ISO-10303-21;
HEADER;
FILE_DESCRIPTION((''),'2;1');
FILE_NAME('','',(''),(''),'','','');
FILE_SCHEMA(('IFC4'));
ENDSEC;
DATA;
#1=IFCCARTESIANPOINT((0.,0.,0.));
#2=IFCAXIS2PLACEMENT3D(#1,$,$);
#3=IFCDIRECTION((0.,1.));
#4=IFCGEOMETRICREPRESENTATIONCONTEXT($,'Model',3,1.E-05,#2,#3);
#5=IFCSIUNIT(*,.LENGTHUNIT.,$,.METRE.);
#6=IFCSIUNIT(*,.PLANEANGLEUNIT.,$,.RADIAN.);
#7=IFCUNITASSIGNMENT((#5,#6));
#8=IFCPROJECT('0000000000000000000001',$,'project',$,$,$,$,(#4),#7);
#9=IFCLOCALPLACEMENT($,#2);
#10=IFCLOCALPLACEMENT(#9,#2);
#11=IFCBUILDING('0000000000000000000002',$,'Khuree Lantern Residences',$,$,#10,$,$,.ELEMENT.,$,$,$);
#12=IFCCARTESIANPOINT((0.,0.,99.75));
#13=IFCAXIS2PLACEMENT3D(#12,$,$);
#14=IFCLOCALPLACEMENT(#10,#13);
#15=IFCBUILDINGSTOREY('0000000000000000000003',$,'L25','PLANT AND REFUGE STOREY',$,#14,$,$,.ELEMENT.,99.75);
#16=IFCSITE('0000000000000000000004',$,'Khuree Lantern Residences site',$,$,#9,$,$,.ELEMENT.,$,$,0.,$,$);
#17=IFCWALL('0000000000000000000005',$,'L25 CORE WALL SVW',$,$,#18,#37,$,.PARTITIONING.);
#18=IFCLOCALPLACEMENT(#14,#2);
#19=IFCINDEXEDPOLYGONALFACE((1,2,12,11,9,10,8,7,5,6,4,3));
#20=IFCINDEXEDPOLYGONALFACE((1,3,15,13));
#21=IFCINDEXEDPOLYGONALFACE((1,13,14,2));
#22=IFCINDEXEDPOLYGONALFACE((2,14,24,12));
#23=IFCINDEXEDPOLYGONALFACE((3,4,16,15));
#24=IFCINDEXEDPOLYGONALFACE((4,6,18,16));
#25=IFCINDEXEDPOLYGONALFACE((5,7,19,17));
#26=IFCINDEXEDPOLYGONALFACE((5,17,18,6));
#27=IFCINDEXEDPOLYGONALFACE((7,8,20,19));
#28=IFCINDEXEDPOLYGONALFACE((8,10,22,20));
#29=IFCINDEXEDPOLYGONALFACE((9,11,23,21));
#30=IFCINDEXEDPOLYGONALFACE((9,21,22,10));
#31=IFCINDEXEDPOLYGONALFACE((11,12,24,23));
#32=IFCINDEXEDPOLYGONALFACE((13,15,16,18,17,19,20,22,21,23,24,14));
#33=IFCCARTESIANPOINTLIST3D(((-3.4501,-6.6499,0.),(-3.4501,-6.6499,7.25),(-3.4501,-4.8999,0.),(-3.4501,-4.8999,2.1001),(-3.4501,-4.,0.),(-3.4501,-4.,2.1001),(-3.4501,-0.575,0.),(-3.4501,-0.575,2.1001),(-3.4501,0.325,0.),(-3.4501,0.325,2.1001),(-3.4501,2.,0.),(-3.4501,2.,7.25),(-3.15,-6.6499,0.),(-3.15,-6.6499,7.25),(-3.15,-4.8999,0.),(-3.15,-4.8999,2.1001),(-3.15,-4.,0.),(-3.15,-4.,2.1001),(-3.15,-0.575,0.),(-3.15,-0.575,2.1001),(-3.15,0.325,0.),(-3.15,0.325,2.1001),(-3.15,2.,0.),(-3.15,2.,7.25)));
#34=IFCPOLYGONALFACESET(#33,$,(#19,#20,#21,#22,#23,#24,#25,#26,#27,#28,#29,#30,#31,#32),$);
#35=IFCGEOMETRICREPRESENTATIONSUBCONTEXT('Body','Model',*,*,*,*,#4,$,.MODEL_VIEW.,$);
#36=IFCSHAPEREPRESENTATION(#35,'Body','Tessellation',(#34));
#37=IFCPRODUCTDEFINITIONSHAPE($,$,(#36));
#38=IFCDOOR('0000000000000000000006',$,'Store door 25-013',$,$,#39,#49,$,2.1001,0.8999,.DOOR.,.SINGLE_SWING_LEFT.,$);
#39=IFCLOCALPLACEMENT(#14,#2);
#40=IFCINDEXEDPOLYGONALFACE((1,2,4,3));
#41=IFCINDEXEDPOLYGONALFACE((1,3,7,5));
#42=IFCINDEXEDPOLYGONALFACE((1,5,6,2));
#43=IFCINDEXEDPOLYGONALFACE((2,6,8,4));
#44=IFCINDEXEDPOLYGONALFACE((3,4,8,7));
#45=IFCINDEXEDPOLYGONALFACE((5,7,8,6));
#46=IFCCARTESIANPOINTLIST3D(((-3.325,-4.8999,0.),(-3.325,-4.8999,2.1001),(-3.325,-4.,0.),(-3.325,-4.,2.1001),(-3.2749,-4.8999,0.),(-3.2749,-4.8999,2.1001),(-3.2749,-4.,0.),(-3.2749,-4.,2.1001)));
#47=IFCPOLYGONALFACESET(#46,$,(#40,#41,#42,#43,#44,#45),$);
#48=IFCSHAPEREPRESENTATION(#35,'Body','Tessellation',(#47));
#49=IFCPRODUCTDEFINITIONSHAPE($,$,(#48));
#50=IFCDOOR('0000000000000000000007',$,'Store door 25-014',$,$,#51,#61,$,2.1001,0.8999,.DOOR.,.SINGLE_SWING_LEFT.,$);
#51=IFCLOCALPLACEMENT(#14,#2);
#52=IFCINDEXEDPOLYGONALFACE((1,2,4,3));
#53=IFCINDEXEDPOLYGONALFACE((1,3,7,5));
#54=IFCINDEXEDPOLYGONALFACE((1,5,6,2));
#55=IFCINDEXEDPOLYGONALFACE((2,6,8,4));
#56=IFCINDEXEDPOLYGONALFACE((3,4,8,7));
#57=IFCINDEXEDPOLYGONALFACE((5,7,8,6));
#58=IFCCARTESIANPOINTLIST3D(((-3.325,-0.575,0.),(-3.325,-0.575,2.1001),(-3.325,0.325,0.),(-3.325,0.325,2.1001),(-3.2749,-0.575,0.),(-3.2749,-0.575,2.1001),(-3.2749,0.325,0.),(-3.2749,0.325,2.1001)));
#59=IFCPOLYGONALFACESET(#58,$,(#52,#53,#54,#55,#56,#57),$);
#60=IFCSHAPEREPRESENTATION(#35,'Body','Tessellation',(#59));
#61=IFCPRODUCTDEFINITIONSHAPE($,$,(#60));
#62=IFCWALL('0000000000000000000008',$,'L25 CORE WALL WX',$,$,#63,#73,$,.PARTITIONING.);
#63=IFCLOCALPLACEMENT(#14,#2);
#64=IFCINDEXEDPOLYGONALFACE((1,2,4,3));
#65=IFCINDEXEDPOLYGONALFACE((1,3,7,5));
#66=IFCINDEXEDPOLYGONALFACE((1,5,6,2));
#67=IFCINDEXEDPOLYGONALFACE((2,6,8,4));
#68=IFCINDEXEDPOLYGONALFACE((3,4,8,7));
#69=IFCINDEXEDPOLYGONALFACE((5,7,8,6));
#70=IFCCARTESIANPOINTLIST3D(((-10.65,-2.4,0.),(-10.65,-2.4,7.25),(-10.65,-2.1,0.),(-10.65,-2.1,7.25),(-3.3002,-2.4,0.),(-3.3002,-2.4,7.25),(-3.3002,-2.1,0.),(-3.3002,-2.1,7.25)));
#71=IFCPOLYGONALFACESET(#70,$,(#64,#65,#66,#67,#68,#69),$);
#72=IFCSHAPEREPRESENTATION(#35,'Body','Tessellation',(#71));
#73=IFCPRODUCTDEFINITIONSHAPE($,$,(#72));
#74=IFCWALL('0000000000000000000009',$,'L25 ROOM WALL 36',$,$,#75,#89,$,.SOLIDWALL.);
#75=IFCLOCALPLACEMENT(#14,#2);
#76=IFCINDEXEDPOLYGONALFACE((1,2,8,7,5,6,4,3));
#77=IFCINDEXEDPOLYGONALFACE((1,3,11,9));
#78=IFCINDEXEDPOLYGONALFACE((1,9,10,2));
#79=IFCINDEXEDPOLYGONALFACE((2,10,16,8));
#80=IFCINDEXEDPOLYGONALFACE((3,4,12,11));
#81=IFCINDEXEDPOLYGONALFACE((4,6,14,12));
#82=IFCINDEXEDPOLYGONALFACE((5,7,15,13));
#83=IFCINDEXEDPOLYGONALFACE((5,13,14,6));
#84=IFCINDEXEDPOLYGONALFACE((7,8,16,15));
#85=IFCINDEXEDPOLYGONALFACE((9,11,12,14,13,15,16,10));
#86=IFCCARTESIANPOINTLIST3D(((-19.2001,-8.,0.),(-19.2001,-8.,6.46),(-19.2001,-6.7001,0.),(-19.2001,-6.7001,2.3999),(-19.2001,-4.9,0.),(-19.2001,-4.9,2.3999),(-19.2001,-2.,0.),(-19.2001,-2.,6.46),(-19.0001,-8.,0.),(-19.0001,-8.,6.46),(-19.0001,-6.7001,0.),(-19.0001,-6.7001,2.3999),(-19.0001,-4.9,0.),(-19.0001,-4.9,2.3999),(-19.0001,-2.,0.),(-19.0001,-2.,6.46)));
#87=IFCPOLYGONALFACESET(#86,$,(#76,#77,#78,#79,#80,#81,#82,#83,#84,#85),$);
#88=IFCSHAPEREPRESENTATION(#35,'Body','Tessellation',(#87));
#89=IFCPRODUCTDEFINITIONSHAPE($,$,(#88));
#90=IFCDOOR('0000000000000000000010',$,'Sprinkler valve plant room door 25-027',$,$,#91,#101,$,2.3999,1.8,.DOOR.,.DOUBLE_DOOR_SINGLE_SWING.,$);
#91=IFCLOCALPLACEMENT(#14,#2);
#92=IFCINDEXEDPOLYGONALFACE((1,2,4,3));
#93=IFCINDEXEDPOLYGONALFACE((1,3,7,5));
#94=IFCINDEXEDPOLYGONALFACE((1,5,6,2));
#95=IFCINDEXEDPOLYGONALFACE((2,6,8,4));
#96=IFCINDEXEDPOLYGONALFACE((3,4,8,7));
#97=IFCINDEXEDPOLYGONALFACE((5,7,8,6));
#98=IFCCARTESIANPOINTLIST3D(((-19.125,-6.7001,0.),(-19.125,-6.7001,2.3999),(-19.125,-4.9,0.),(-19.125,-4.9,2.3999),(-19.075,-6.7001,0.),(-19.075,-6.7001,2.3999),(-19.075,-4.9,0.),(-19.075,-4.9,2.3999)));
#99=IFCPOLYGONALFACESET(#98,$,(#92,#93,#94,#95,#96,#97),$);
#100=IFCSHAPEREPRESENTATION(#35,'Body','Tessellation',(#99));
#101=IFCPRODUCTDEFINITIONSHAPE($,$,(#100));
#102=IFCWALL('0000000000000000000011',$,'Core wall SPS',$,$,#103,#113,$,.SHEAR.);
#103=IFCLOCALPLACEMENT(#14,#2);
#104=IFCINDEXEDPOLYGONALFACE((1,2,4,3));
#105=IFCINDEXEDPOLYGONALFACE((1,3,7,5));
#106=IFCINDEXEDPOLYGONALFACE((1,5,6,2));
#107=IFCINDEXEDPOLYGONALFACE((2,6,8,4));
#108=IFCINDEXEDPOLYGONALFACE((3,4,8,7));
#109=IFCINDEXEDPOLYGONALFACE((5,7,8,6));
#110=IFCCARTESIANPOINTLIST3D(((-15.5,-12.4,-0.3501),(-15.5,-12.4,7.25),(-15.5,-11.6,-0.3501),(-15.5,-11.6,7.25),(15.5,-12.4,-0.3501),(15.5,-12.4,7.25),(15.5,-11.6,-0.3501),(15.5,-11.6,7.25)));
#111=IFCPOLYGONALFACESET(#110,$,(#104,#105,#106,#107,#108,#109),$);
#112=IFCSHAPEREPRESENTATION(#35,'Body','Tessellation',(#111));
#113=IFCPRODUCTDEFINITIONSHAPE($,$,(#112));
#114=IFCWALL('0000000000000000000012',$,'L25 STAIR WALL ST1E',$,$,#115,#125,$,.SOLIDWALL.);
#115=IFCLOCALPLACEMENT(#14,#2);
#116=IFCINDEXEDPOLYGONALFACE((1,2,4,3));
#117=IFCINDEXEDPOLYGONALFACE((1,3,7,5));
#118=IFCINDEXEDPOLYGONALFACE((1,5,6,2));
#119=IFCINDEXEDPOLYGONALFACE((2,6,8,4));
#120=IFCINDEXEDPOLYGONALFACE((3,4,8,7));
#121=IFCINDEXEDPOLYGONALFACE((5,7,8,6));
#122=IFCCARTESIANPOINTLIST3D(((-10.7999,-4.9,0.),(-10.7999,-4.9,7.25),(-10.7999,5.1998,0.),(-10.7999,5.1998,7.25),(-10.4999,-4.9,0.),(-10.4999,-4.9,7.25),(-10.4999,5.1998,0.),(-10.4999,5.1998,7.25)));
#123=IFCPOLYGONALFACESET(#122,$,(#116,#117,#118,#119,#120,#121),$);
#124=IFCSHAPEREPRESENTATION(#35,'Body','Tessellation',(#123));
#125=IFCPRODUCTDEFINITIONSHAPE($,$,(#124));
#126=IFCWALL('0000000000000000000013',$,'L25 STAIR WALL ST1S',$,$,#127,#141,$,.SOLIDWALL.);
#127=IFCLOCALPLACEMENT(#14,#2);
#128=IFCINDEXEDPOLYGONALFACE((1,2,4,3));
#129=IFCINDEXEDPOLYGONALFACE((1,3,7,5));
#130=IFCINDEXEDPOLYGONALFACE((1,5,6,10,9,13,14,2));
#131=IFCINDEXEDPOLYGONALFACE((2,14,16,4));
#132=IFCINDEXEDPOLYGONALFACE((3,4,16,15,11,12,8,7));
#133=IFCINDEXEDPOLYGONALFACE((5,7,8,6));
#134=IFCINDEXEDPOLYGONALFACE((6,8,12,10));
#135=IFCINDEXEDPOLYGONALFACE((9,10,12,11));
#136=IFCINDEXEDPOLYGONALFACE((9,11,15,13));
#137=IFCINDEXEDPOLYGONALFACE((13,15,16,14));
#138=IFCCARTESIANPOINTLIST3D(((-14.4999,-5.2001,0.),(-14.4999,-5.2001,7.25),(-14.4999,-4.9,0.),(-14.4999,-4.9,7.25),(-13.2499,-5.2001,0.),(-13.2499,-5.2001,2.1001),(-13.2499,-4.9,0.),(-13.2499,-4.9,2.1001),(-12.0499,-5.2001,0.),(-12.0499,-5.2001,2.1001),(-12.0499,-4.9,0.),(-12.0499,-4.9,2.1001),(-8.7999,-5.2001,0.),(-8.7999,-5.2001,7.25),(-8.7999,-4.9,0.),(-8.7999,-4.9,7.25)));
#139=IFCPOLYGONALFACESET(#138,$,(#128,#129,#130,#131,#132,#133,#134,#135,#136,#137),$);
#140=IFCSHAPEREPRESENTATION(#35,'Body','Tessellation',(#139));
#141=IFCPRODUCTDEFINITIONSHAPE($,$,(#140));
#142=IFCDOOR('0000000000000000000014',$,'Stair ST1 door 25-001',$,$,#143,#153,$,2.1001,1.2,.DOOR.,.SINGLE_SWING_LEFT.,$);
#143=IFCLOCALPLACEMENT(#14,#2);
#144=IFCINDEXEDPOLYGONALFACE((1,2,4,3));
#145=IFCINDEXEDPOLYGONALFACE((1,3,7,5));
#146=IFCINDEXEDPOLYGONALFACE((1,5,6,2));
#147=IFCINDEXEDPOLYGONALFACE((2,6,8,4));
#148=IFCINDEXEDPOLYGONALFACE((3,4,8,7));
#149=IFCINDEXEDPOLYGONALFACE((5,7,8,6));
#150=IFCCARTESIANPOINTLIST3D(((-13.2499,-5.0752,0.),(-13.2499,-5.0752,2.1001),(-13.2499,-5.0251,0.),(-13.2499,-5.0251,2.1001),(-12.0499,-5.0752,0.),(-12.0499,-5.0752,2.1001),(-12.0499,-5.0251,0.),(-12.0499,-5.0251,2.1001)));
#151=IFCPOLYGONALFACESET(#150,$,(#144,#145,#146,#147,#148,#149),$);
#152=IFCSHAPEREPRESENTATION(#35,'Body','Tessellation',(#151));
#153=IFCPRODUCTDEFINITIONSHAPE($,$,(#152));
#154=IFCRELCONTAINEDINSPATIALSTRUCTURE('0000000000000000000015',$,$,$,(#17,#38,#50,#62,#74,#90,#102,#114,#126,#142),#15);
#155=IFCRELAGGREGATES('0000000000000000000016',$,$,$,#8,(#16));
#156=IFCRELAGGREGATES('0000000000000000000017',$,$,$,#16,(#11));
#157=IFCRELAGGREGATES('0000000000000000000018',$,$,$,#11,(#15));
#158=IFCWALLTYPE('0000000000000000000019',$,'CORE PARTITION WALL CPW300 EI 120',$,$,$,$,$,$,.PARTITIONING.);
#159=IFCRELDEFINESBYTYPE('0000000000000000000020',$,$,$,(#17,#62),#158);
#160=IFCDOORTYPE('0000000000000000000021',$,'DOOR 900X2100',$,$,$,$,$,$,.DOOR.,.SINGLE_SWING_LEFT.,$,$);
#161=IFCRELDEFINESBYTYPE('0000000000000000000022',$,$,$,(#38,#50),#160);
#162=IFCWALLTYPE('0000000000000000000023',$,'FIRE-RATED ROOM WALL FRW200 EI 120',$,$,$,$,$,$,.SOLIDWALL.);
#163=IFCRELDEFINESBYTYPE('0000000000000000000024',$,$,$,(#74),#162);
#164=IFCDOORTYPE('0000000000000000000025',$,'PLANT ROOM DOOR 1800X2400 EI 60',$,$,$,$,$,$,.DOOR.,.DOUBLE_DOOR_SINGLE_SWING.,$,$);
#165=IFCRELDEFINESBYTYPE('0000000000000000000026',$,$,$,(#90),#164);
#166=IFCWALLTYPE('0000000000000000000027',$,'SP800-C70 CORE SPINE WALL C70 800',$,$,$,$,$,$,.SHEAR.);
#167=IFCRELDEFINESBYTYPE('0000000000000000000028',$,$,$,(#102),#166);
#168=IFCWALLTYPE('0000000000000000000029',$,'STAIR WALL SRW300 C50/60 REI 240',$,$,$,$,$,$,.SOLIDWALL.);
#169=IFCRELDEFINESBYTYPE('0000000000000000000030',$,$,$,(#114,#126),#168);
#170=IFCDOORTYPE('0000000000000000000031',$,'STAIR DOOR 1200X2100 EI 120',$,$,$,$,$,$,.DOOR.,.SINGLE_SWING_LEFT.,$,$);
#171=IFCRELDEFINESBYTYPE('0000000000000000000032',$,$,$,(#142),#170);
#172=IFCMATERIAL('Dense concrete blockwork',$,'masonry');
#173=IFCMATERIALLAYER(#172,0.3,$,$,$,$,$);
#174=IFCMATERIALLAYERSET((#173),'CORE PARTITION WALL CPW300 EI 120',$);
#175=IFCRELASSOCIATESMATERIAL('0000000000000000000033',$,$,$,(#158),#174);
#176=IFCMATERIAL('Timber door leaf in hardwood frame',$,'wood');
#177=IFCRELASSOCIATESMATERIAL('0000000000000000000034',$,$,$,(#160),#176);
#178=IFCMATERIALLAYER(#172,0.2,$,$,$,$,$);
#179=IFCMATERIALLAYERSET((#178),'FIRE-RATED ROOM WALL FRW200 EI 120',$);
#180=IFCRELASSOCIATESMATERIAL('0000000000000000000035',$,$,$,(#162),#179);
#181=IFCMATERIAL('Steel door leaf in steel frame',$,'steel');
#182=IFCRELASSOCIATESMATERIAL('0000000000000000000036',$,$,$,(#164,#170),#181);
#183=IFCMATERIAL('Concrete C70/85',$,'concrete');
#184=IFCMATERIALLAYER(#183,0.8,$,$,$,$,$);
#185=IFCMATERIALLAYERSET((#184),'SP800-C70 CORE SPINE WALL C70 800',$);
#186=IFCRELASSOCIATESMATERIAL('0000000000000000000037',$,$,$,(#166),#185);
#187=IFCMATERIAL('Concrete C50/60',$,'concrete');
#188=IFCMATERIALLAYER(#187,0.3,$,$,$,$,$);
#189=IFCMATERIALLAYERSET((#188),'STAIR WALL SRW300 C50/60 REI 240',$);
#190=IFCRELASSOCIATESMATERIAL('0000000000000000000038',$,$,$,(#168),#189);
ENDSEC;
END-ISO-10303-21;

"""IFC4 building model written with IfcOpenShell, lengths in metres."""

from ifc_helpers import new_model, si_unit, direction, frame, frame_2d, origin, place, context, subcontext, project, spatial, rectangle, extrude, material, layer, layer_set, type_object, element, fill, save


model = new_model("IFC4")

# Units and contexts
model_context = context("Model", 3, precision=1e-05, world=origin(), true_north=direction((0.0, 1.0)))
body_context = subcontext(model_context, "Body", "Model", "MODEL_VIEW")
ifc_project = project(units=[si_unit("LENGTHUNIT", "METRE"), si_unit("PLANEANGLEUNIT", "RADIAN")], contexts=[model_context])

# Site, building, storey
site_placement = place(None, origin())
site = spatial("IfcSite", under=ifc_project, at=site_placement, Name="Khuree Lantern Residences site", CompositionType="ELEMENT", RefElevation=0.0)
building_placement = place(site_placement, origin())
building = spatial("IfcBuilding", under=site, at=building_placement, Name="Khuree Lantern Residences", CompositionType="ELEMENT")
storey_placement = place(building_placement, frame((0.0, 0.0, 99.75)))
storey = spatial("IfcBuildingStorey", under=building, at=storey_placement, Name="L25", Description="PLANT AND REFUGE STOREY", CompositionType="ELEMENT", Elevation=99.75)

# Shared definitions
ifc_material_1 = material(Name="Dense concrete blockwork", Category="masonry")
ifc_layer_1 = layer(ifc_material_1, 0.3)
ifc_layer_set_1 = layer_set([ifc_layer_1], Name="CORE PARTITION WALL CPW300 EI 120")
wall_type_1 = type_object("IfcWallType", Name="CORE PARTITION WALL CPW300 EI 120", PredefinedType="PARTITIONING", material=ifc_layer_set_1)

# Shared definitions
ifc_material_2 = material(Name="Steel door leaf in steel frame", Category="steel")

# Wall, openings, doors
wall_1_placement = place(storey_placement, frame((-3.3, -6.6499, 0.0), z_axis=(0.0, 0.0, 1.0), x_axis=(0.0, 1.0, 0.0)))
wall_1 = element("IfcWall", 1, at=wall_1_placement, inside=storey, type_object=wall_type_1, Name="L25 CORE WALL SVW", PredefinedType="PARTITIONING", context=body_context, shape_type="SweptSolid", body=[
    extrude(rectangle(XDim=8.6499, YDim=0.3, at=frame_2d((4.325, 0.0))), origin(), (0.0, 0.0, 1.0), 7.25),
])
opening_1_placement = place(wall_1_placement, frame((1.75, 0.0, 0.0)))
opening_1 = element("IfcOpeningElement", 2, at=opening_1_placement, cuts=wall_1, PredefinedType="OPENING", context=body_context, shape_type="SweptSolid", body=[
    extrude(rectangle(XDim=0.8999, YDim=2.1001, at=frame_2d((0.45, 1.05))), frame((0.0, 0.1602, 0.0), z_axis=(0.0, -1.0, 0.0), x_axis=(1.0, 0.0, 0.0)), (0.0, 0.0, 1.0), 0.3201),
])
opening_2_placement = place(wall_1_placement, frame((6.075, 0.0, 0.0)))
opening_2 = element("IfcOpeningElement", 3, at=opening_2_placement, cuts=wall_1, PredefinedType="OPENING", context=body_context, shape_type="SweptSolid", body=[
    extrude(rectangle(XDim=0.8999, YDim=2.1001, at=frame_2d((0.45, 1.05))), frame((0.0, 0.1602, 0.0), z_axis=(0.0, -1.0, 0.0), x_axis=(1.0, 0.0, 0.0)), (0.0, 0.0, 1.0), 0.3201),
])
ifc_material_3 = material(Name="Timber door leaf in hardwood frame", Category="wood")
door_type_1 = type_object("IfcDoorType", Name="DOOR 900X2100", OperationType="SINGLE_SWING_LEFT", PredefinedType="DOOR", material=ifc_material_3)
door_1_placement = place(opening_1_placement, origin())
door_1 = element("IfcDoor", 4, at=door_1_placement, inside=storey, type_object=door_type_1, Name="Store door 25-013", OperationType="SINGLE_SWING_LEFT", OverallHeight=2.1001, OverallWidth=0.8999, PredefinedType="DOOR", context=body_context, shape_type="SweptSolid", body=[
    extrude(rectangle(XDim=0.8999, YDim=2.1001, at=frame_2d((0.45, 1.05))), frame((0.0, 0.0249, 0.0), z_axis=(0.0, -1.0, 0.0), x_axis=(1.0, 0.0, 0.0)), (0.0, 0.0, 1.0), 0.05),
])
fill(opening_1, door_1)
door_2_placement = place(opening_2_placement, origin())
door_2 = element("IfcDoor", 5, at=door_2_placement, inside=storey, type_object=door_type_1, Name="Store door 25-014", OperationType="SINGLE_SWING_LEFT", OverallHeight=2.1001, OverallWidth=0.8999, PredefinedType="DOOR", context=body_context, shape_type="SweptSolid", body=[
    extrude(rectangle(XDim=0.8999, YDim=2.1001, at=frame_2d((0.45, 1.05))), frame((0.0, 0.0249, 0.0), z_axis=(0.0, -1.0, 0.0), x_axis=(1.0, 0.0, 0.0)), (0.0, 0.0, 1.0), 0.05),
])
fill(opening_2, door_2)

# Wall
wall_2_placement = place(storey_placement, frame((-10.6499, -2.25, 0.0), z_axis=(0.0, 0.0, 1.0), x_axis=(1.0, 0.0, 0.0)))
element("IfcWall", 6, at=wall_2_placement, inside=storey, type_object=wall_type_1, Name="L25 CORE WALL WX", PredefinedType="PARTITIONING", context=body_context, shape_type="SweptSolid", body=[
    extrude(rectangle(XDim=7.3499, YDim=0.3, at=frame_2d((3.6748, 0.0))), origin(), (0.0, 0.0, 1.0), 7.25),
])

# Wall, opening, door
ifc_layer_2 = layer(ifc_material_1, 0.2)
ifc_layer_set_2 = layer_set([ifc_layer_2], Name="FIRE-RATED ROOM WALL FRW200 EI 120")
wall_type_2 = type_object("IfcWallType", Name="FIRE-RATED ROOM WALL FRW200 EI 120", PredefinedType="SOLIDWALL", material=ifc_layer_set_2)
wall_3_placement = place(storey_placement, frame((-19.1001, -8.0, 0.0), z_axis=(0.0, 0.0, 1.0), x_axis=(0.0, 1.0, 0.0)))
wall_3 = element("IfcWall", 7, at=wall_3_placement, inside=storey, type_object=wall_type_2, Name="L25 ROOM WALL 36", PredefinedType="SOLIDWALL", context=body_context, shape_type="SweptSolid", body=[
    extrude(rectangle(XDim=6.0, YDim=0.2, at=frame_2d((3.0, 0.0))), origin(), (0.0, 0.0, 1.0), 6.46),
])
opening_3_placement = place(wall_3_placement, frame((1.3, 0.0, 0.0)))
opening_3 = element("IfcOpeningElement", 8, at=opening_3_placement, cuts=wall_3, PredefinedType="OPENING", context=body_context, shape_type="SweptSolid", body=[
    extrude(rectangle(XDim=1.8, YDim=2.3999, at=frame_2d((0.8999, 1.2))), frame((0.0, 0.1099, 0.0), z_axis=(0.0, -1.0, 0.0), x_axis=(1.0, 0.0, 0.0)), (0.0, 0.0, 1.0), 0.22),
])
door_type_2 = type_object("IfcDoorType", Name="PLANT ROOM DOOR 1800X2400 EI 60", OperationType="DOUBLE_DOOR_SINGLE_SWING", PredefinedType="DOOR", material=ifc_material_2)
door_3_placement = place(opening_3_placement, origin())
door_3 = element("IfcDoor", 9, at=door_3_placement, inside=storey, type_object=door_type_2, Name="Sprinkler valve plant room door 25-027", OperationType="DOUBLE_DOOR_SINGLE_SWING", OverallHeight=2.3999, OverallWidth=1.8, PredefinedType="DOOR", context=body_context, shape_type="SweptSolid", body=[
    extrude(rectangle(XDim=1.8, YDim=2.3999, at=frame_2d((0.8999, 1.2))), frame((0.0, 0.0249, 0.0), z_axis=(0.0, -1.0, 0.0), x_axis=(1.0, 0.0, 0.0)), (0.0, 0.0, 1.0), 0.05),
])
fill(opening_3, door_3)

# Walls
ifc_material_4 = material(Name="Concrete C70/85", Category="concrete")
ifc_layer_3 = layer(ifc_material_4, 0.8)
ifc_layer_set_3 = layer_set([ifc_layer_3], Name="SP800-C70 CORE SPINE WALL C70 800")
wall_type_3 = type_object("IfcWallType", Name="SP800-C70 CORE SPINE WALL C70 800", PredefinedType="SHEAR", material=ifc_layer_set_3)
wall_4_placement = place(storey_placement, frame((-15.5, -12.0, -0.3501), z_axis=(0.0, 0.0, 1.0), x_axis=(1.0, 0.0, 0.0)))
element("IfcWall", 10, at=wall_4_placement, inside=storey, type_object=wall_type_3, Name="Core wall SPS", PredefinedType="SHEAR", context=body_context, shape_type="SweptSolid", body=[
    extrude(rectangle(XDim=31.0, YDim=0.8, at=frame_2d((15.5, 0.0))), origin(), (0.0, 0.0, 1.0), 7.6001),
])
ifc_material_5 = material(Name="Concrete C50/60", Category="concrete")
ifc_layer_4 = layer(ifc_material_5, 0.3)
ifc_layer_set_4 = layer_set([ifc_layer_4], Name="STAIR WALL SRW300 C50/60 REI 240")
wall_type_4 = type_object("IfcWallType", Name="STAIR WALL SRW300 C50/60 REI 240", PredefinedType="SOLIDWALL", material=ifc_layer_set_4)
wall_5_placement = place(storey_placement, frame((-10.6499, -4.8999, 0.0), z_axis=(0.0, 0.0, 1.0), x_axis=(0.0, 1.0, 0.0)))
element("IfcWall", 11, at=wall_5_placement, inside=storey, type_object=wall_type_4, Name="L25 STAIR WALL ST1E", PredefinedType="SOLIDWALL", context=body_context, shape_type="SweptSolid", body=[
    extrude(rectangle(XDim=10.0999, YDim=0.3, at=frame_2d((5.0498, 0.0))), origin(), (0.0, 0.0, 1.0), 7.25),
])

# Wall, opening, door
wall_6_placement = place(storey_placement, frame((-14.5, -5.05, 0.0), z_axis=(0.0, 0.0, 1.0), x_axis=(1.0, 0.0, 0.0)))
wall_6 = element("IfcWall", 12, at=wall_6_placement, inside=storey, type_object=wall_type_4, Name="L25 STAIR WALL ST1S", PredefinedType="SOLIDWALL", context=body_context, shape_type="SweptSolid", body=[
    extrude(rectangle(XDim=5.7, YDim=0.3, at=frame_2d((2.8501, 0.0))), origin(), (0.0, 0.0, 1.0), 7.25),
])
opening_4_placement = place(wall_6_placement, frame((1.25, 0.0, 0.0)))
opening_4 = element("IfcOpeningElement", 13, at=opening_4_placement, cuts=wall_6, PredefinedType="OPENING", context=body_context, shape_type="SweptSolid", body=[
    extrude(rectangle(XDim=1.2, YDim=2.1001, at=frame_2d((0.6001, 1.05))), frame((0.0, 0.1602, 0.0), z_axis=(0.0, -1.0, 0.0), x_axis=(1.0, 0.0, 0.0)), (0.0, 0.0, 1.0), 0.3201),
])
door_type_3 = type_object("IfcDoorType", Name="STAIR DOOR 1200X2100 EI 120", OperationType="SINGLE_SWING_LEFT", PredefinedType="DOOR", material=ifc_material_2)
door_4_placement = place(opening_4_placement, origin())
door_4 = element("IfcDoor", 14, at=door_4_placement, inside=storey, type_object=door_type_3, Name="Stair ST1 door 25-001", OperationType="SINGLE_SWING_LEFT", OverallHeight=2.1001, OverallWidth=1.2, PredefinedType="DOOR", context=body_context, shape_type="SweptSolid", body=[
    extrude(rectangle(XDim=1.2, YDim=2.1001, at=frame_2d((0.6001, 1.05))), frame((0.0, 0.0249, 0.0), z_axis=(0.0, -1.0, 0.0), x_axis=(1.0, 0.0, 0.0)), (0.0, 0.0, 1.0), 0.05),
])
fill(opening_4, door_4)

save(model, "model.ifc")
